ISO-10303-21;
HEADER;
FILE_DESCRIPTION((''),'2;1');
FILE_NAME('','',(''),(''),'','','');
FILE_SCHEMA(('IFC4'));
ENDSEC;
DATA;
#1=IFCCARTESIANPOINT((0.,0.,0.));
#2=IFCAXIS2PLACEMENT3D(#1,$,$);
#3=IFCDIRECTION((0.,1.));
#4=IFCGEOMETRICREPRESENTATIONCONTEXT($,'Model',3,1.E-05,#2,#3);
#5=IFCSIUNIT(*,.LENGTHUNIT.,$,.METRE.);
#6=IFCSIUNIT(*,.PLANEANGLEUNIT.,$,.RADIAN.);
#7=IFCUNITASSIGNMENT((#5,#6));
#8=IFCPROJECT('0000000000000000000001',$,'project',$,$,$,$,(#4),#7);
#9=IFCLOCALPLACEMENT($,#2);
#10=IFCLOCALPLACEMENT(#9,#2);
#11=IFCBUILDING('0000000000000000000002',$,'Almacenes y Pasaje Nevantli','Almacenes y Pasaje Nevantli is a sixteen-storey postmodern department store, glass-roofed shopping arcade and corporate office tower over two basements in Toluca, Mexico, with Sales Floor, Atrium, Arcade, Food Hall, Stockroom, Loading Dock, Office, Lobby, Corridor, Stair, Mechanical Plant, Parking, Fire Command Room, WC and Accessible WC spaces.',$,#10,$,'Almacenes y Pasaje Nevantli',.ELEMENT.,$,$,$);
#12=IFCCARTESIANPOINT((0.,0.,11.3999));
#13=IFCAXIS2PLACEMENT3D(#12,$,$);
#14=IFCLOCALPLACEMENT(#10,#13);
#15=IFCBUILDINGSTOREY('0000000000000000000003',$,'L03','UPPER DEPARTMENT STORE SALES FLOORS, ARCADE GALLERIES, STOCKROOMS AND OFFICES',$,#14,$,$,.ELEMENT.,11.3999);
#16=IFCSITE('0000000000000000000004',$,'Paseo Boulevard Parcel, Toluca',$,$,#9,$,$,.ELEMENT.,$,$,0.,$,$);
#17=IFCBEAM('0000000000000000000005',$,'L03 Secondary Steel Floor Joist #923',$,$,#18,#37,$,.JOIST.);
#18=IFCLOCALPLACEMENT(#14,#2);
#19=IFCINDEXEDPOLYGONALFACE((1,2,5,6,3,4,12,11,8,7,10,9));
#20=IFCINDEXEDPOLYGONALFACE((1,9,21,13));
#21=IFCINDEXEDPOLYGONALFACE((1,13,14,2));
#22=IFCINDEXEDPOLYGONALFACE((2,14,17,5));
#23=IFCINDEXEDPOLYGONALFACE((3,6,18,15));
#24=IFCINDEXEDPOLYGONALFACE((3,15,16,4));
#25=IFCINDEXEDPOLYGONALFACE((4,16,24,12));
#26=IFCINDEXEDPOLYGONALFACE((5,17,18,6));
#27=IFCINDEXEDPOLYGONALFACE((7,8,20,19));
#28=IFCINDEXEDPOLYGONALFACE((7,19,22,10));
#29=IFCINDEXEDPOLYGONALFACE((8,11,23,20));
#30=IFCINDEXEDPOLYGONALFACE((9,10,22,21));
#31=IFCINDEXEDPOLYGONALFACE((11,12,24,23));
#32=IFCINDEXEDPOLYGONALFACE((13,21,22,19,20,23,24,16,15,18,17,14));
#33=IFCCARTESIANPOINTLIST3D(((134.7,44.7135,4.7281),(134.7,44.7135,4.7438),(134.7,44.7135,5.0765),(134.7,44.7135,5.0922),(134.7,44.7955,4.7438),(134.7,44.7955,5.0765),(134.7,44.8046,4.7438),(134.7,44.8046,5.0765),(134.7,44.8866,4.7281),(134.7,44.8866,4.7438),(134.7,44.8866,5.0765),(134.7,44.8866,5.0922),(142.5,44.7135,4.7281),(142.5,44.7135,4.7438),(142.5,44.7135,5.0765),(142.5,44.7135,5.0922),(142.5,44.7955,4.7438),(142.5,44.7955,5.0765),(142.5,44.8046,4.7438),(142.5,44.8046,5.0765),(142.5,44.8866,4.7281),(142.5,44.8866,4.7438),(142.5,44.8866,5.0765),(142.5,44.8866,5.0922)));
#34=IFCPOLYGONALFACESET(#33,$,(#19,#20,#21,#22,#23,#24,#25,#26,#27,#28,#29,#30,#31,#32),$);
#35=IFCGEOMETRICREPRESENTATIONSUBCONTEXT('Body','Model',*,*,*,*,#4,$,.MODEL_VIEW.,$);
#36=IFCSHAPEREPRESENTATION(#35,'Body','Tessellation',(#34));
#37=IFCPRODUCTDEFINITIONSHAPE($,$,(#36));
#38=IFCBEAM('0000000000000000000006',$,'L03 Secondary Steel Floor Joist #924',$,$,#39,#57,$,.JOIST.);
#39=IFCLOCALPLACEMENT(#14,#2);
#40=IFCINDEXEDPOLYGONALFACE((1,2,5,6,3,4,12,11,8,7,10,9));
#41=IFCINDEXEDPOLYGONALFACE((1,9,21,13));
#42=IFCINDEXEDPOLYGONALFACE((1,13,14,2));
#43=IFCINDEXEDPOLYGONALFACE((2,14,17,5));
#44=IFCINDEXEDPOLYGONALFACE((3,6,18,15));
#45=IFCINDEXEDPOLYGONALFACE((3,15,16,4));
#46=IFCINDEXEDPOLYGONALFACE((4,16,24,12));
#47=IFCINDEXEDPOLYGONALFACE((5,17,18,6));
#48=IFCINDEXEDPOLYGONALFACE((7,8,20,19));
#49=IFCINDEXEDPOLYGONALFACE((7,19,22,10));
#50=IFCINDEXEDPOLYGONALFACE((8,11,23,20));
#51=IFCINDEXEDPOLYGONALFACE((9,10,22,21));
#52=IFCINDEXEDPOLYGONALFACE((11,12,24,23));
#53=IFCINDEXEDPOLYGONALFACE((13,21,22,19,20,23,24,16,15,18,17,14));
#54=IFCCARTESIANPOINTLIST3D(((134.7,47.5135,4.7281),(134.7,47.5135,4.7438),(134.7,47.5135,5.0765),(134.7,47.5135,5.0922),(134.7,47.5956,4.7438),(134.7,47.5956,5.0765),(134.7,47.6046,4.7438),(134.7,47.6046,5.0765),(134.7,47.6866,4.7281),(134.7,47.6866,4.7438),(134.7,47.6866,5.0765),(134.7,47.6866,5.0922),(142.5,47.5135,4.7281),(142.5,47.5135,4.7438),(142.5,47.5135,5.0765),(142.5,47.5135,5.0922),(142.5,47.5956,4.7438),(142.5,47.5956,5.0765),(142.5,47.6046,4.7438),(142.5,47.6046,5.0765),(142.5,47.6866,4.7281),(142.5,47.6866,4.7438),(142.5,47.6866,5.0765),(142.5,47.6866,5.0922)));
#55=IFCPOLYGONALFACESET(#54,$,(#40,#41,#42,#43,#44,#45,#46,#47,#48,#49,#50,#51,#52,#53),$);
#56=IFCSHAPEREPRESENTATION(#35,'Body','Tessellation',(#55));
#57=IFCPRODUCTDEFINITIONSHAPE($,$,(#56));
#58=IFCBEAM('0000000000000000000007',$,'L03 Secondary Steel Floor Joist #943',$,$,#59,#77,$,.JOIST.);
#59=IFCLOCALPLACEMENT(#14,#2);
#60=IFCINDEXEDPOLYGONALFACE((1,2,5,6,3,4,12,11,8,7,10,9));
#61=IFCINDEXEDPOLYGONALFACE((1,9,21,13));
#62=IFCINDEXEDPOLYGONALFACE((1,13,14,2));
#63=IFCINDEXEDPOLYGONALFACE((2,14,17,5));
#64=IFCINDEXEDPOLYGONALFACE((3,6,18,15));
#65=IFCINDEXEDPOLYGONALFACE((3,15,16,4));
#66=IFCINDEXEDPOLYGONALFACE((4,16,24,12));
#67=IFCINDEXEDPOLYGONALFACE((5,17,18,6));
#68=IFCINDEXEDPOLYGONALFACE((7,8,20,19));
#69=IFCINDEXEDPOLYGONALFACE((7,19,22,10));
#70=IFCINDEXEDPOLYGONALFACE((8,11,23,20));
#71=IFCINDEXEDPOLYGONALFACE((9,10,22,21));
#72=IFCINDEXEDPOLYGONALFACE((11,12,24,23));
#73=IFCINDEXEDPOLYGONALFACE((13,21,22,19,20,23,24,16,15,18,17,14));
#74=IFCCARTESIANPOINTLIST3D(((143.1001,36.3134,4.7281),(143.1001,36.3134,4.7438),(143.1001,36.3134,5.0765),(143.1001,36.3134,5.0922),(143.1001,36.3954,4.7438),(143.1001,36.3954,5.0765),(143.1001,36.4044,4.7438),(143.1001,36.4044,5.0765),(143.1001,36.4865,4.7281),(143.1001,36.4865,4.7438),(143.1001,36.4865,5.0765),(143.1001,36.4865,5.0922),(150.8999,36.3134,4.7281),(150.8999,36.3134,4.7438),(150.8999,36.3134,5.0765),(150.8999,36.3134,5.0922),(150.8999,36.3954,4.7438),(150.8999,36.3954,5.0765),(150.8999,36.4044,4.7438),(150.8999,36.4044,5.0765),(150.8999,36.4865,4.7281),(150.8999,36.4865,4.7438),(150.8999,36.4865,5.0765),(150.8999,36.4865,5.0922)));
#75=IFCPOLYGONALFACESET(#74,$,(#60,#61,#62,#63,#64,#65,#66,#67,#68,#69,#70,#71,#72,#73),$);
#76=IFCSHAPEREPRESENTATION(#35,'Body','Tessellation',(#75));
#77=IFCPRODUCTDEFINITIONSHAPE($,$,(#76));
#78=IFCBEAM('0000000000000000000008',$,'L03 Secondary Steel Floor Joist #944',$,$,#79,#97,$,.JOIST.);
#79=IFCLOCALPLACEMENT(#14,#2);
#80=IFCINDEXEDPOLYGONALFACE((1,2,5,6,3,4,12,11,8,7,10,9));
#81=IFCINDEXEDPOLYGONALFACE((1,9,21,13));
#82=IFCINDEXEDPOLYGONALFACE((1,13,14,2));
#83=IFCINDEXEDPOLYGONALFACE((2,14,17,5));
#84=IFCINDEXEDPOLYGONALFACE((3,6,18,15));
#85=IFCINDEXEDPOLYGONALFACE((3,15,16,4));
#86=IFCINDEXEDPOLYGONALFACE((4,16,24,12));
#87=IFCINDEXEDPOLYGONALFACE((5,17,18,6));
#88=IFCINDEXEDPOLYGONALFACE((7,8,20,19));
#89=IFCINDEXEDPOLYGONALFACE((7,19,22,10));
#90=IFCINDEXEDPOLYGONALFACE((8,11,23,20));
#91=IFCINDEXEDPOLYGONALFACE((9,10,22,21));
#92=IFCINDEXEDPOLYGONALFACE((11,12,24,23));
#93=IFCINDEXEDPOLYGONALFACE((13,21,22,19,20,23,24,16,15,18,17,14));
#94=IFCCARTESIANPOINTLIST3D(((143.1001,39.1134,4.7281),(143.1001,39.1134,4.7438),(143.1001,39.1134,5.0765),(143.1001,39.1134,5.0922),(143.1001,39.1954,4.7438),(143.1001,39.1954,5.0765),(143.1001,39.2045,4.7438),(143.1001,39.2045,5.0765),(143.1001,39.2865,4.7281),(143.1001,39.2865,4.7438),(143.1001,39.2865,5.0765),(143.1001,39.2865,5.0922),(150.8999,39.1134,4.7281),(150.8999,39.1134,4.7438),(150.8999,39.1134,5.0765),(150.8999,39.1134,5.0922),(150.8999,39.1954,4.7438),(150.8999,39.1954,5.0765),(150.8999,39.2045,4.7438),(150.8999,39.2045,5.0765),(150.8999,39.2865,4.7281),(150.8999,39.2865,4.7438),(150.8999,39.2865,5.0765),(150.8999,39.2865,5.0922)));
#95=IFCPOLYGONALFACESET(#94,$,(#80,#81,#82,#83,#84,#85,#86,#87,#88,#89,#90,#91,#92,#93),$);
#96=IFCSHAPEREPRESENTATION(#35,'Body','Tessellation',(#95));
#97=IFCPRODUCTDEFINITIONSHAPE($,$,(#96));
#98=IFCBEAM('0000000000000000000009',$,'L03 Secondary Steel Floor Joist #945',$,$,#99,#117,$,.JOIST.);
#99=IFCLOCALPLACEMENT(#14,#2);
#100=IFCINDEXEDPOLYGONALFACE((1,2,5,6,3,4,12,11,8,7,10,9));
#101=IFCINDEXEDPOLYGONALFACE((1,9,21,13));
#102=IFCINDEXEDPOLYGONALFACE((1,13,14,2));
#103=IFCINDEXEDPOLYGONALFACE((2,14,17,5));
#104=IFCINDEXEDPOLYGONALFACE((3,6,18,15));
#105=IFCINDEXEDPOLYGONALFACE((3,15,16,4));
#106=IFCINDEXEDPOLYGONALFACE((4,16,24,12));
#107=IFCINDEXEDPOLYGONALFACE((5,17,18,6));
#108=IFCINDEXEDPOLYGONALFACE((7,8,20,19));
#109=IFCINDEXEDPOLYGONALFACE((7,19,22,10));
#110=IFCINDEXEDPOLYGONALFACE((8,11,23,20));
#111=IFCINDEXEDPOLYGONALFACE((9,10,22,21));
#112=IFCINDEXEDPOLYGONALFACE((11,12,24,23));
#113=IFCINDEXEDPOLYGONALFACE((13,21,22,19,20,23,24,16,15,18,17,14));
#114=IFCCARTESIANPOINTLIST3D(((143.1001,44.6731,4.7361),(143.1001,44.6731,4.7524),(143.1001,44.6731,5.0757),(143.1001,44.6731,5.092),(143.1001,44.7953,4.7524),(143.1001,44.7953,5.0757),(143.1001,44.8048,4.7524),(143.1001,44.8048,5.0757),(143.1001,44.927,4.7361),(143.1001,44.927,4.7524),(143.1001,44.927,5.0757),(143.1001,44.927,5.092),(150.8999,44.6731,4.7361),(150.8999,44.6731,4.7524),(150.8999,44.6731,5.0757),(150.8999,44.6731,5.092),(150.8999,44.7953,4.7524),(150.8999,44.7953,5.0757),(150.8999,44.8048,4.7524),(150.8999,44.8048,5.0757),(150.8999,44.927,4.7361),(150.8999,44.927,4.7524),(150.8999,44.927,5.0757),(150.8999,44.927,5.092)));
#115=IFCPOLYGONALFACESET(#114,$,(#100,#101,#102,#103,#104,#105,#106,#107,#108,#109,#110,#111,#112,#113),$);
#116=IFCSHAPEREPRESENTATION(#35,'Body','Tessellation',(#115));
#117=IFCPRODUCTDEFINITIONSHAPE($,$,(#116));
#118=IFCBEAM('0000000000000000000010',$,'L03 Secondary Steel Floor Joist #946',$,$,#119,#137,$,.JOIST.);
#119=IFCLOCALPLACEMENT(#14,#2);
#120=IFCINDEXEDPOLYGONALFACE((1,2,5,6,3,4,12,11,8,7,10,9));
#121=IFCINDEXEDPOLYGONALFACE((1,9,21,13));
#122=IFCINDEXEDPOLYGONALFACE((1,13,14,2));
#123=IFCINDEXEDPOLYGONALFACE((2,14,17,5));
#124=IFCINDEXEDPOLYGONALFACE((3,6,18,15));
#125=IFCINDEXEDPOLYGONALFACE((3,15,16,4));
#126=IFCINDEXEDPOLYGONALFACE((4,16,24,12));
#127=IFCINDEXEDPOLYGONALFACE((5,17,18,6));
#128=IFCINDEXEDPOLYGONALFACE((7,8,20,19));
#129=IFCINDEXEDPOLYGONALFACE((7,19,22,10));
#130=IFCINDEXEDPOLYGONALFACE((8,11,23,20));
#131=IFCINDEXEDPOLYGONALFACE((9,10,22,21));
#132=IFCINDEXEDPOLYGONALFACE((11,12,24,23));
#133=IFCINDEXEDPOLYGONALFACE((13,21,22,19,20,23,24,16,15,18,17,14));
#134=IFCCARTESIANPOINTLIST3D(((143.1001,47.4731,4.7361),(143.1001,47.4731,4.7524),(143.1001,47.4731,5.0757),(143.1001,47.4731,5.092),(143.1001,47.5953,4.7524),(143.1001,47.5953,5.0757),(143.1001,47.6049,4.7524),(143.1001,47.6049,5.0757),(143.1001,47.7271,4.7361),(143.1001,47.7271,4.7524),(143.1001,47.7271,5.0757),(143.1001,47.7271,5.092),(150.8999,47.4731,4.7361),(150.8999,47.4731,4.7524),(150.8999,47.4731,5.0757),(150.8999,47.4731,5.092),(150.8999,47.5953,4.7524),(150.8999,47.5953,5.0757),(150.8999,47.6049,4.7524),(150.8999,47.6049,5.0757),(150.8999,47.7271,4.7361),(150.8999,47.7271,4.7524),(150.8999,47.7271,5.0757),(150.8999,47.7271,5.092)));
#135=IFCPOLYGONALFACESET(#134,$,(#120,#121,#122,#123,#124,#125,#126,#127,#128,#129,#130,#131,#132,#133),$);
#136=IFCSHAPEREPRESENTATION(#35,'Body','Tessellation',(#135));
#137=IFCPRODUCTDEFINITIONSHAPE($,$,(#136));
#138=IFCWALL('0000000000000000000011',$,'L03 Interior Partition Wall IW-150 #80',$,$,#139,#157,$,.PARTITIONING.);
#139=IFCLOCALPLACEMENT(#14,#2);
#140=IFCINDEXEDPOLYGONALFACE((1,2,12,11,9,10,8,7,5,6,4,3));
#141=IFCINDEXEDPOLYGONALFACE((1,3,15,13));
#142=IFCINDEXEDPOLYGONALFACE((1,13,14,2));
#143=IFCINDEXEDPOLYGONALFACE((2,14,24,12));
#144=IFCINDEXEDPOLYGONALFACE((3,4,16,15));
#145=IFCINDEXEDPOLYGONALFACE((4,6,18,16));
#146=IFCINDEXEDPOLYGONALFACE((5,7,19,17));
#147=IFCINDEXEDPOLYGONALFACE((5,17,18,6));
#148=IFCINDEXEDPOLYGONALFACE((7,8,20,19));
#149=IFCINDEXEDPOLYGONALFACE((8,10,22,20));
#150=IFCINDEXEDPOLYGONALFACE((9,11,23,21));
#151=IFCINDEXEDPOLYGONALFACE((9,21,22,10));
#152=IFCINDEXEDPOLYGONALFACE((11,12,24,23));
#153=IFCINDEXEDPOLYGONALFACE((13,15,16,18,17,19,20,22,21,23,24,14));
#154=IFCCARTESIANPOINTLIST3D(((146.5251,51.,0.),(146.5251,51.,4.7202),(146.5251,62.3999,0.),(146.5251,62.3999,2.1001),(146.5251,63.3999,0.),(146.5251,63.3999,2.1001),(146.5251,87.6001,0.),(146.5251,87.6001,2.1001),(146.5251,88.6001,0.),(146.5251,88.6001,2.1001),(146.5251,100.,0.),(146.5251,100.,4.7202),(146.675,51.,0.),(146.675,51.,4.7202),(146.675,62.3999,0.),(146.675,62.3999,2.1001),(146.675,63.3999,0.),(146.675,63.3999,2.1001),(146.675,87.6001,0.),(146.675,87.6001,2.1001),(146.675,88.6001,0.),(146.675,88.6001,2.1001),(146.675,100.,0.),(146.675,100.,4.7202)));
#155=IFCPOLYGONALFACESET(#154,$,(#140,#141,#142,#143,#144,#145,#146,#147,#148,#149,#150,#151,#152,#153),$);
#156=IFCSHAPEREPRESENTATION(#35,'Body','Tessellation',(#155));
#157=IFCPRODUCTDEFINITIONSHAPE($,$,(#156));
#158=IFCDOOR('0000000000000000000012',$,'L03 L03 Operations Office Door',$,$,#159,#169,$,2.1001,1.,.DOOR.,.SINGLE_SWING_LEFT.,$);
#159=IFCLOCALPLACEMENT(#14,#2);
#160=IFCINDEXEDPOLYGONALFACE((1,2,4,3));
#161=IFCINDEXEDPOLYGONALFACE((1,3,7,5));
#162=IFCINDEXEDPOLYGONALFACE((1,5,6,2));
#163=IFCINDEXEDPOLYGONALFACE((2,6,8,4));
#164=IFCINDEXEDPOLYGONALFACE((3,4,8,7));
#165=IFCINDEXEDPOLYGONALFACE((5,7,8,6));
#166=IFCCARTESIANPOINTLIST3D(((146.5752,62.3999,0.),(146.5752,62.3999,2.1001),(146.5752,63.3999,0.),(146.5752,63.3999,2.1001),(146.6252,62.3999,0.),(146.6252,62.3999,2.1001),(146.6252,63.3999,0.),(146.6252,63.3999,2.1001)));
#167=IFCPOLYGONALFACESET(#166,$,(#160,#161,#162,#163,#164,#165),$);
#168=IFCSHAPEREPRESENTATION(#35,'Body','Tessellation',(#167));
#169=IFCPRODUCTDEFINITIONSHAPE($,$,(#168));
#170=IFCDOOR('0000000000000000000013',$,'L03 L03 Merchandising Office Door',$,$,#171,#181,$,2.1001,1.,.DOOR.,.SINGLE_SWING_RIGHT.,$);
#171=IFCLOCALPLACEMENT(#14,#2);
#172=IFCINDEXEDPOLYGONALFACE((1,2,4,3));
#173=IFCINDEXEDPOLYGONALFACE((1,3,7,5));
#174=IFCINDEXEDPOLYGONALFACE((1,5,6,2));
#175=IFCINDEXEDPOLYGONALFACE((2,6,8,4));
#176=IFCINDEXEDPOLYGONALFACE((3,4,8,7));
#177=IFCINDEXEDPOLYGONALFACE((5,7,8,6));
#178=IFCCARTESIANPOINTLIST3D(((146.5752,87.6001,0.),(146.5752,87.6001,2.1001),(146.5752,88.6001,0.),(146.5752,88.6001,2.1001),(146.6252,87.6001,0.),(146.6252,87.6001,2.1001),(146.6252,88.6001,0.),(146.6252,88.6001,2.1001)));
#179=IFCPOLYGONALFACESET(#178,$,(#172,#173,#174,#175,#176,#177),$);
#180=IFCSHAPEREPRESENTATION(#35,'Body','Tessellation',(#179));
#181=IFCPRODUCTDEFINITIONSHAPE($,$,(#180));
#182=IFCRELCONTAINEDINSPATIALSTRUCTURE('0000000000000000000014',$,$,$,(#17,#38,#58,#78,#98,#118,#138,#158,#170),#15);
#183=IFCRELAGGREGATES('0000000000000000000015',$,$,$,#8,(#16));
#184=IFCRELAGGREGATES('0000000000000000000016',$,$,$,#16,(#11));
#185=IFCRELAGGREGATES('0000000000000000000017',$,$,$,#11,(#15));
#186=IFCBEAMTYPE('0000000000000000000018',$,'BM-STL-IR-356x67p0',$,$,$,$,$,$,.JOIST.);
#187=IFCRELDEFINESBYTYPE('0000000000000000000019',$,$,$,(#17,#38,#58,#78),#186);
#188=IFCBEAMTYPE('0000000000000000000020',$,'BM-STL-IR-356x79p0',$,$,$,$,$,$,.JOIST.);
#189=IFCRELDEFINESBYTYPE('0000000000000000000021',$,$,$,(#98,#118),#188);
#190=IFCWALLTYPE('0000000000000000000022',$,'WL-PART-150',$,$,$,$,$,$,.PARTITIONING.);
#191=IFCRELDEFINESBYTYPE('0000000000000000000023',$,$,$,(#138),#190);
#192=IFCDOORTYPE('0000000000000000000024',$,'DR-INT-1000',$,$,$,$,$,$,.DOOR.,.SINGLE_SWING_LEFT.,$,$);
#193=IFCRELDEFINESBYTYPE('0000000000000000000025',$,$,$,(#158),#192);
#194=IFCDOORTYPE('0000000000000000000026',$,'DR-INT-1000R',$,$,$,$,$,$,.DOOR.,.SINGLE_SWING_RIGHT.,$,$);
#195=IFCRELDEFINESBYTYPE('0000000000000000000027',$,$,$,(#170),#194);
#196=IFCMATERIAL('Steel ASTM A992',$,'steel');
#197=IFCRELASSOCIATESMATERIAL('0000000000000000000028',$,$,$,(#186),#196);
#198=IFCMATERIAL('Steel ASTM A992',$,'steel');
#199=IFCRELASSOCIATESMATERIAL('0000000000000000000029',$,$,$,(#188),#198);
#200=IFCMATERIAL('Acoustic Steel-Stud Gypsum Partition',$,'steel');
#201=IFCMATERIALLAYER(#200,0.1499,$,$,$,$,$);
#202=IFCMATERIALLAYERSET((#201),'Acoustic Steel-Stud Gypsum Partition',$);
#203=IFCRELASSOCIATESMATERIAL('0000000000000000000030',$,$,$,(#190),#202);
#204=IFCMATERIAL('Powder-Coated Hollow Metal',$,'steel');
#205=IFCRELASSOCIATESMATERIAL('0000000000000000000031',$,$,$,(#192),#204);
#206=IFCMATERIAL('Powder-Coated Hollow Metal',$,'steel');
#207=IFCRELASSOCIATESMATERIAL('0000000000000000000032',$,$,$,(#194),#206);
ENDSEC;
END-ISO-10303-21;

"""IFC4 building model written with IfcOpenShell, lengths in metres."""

from ifc_helpers import new_model, si_unit, direction, frame, frame_2d, origin, origin_2d, place, context, subcontext, project, spatial, rectangle, i_section, extrude, material, layer, layer_set, material_profile, profile_set, type_object, element, fill, save


model = new_model("IFC4")

# Units and contexts
model_context = context("Model", 3, precision=1e-05, world=origin(), true_north=direction((0.0, 1.0)))
body_context = subcontext(model_context, "Body", "Model", "MODEL_VIEW")
ifc_project = project(units=[si_unit("LENGTHUNIT", "METRE"), si_unit("PLANEANGLEUNIT", "RADIAN")], contexts=[model_context])

# Site, building, storey
site_placement = place(None, origin())
site = spatial("IfcSite", under=ifc_project, at=site_placement, Name="Paseo Boulevard Parcel, Toluca", CompositionType="ELEMENT", RefElevation=0.0)
building_placement = place(site_placement, origin())
building = spatial("IfcBuilding", under=site, at=building_placement, Name="Almacenes y Pasaje Nevantli", Description="Almacenes y Pasaje Nevantli is a sixteen-storey postmodern department store, glass-roofed shopping arcade and corporate office tower over two basements in Toluca, Mexico, with Sales Floor, Atrium, Arcade, Food Hall, Stockroom, Loading Dock, Office, Lobby, Corridor, Stair, Mechanical Plant, Parking, Fire Command Room, WC and Accessible WC spaces.", LongName="Almacenes y Pasaje Nevantli", CompositionType="ELEMENT")
storey_placement = place(building_placement, frame((0.0, 0.0, 11.3999)))
storey = spatial("IfcBuildingStorey", under=building, at=storey_placement, Name="L03", Description="UPPER DEPARTMENT STORE SALES FLOORS, ARCADE GALLERIES, STOCKROOMS AND OFFICES", CompositionType="ELEMENT", Elevation=11.3999)

# Beams
ifc_material_1 = material(Name="Steel ASTM A992", Category="steel")
ifc_material_profile_1 = material_profile(ifc_material_1, i_section(OverallWidth=0.1731, OverallDepth=0.364, WebThickness=0.009, FlangeThickness=0.0156, at=origin_2d()), Name="IR 356x67.0")
ifc_profile_set_1 = profile_set([ifc_material_profile_1], Name="Steel ASTM A992")
beam_type_1 = type_object("IfcBeamType", Name="BM-STL-IR-356x67p0", PredefinedType="JOIST", material=ifc_profile_set_1)
for number, where, z_axis, x_axis, name in (
    (1, (134.7, 44.8, 4.9102), (1.0, 0.0, 0.0), (0.0, 1.0, 0.0), "L03 Secondary Steel Floor Joist #923"),
    (2, (134.7, 47.6001, 4.9102), (1.0, 0.0, 0.0), (0.0, 1.0, 0.0), "L03 Secondary Steel Floor Joist #924"),
):
    element("IfcBeam", number, at=place(storey_placement, frame(where, z_axis=z_axis, x_axis=x_axis)), inside=storey, type_object=beam_type_1, Name=name, PredefinedType="JOIST", context=body_context, shape_type="SweptSolid", body=[
        extrude(i_section(OverallWidth=0.1731, OverallDepth=0.364, WebThickness=0.009, FlangeThickness=0.0156, at=origin_2d()), origin(), (0.0, 0.0, 1.0), 7.8),
    ])
for number, where, z_axis, x_axis, name in (
    (3, (143.1001, 36.3999, 4.9102), (1.0, 0.0, 0.0), (0.0, 1.0, 0.0), "L03 Secondary Steel Floor Joist #943"),
    (4, (143.1001, 39.2, 4.9102), (1.0, 0.0, 0.0), (0.0, 1.0, 0.0), "L03 Secondary Steel Floor Joist #944"),
):
    element("IfcBeam", number, at=place(storey_placement, frame(where, z_axis=z_axis, x_axis=x_axis)), inside=storey, type_object=beam_type_1, Name=name, PredefinedType="JOIST", context=body_context, shape_type="SweptSolid", body=[
        extrude(i_section(OverallWidth=0.1731, OverallDepth=0.364, WebThickness=0.009, FlangeThickness=0.0156, at=origin_2d()), origin(), (0.0, 0.0, 1.0), 7.7998),
    ])
ifc_material_2 = material(Name="Steel ASTM A992", Category="steel")
ifc_material_profile_2 = material_profile(ifc_material_2, i_section(OverallWidth=0.2539, OverallDepth=0.356, WebThickness=0.0095, FlangeThickness=0.0164, at=origin_2d()), Name="IR 356x79.0")
ifc_profile_set_2 = profile_set([ifc_material_profile_2], Name="Steel ASTM A992")
beam_type_2 = type_object("IfcBeamType", Name="BM-STL-IR-356x79p0", PredefinedType="JOIST", material=ifc_profile_set_2)
for number, where, z_axis, x_axis, name in (
    (5, (143.1001, 44.8, 4.9141), (1.0, 0.0, 0.0), (0.0, 1.0, 0.0), "L03 Secondary Steel Floor Joist #945"),
    (6, (143.1001, 47.6001, 4.9141), (1.0, 0.0, 0.0), (0.0, 1.0, 0.0), "L03 Secondary Steel Floor Joist #946"),
):
    element("IfcBeam", number, at=place(storey_placement, frame(where, z_axis=z_axis, x_axis=x_axis)), inside=storey, type_object=beam_type_2, Name=name, PredefinedType="JOIST", context=body_context, shape_type="SweptSolid", body=[
        extrude(i_section(OverallWidth=0.2539, OverallDepth=0.356, WebThickness=0.0095, FlangeThickness=0.0164, at=origin_2d()), origin(), (0.0, 0.0, 1.0), 7.7998),
    ])

# Wall, openings, doors
ifc_material_3 = material(Name="Acoustic Steel-Stud Gypsum Partition", Category="steel")
ifc_layer = layer(ifc_material_3, 0.1499)
ifc_layer_set = layer_set([ifc_layer], Name="Acoustic Steel-Stud Gypsum Partition")
wall_type = type_object("IfcWallType", Name="WL-PART-150", PredefinedType="PARTITIONING", material=ifc_layer_set)
wall_placement = place(storey_placement, frame((146.6001, 51.0, 0.0), z_axis=(0.0, 0.0, 1.0), x_axis=(0.0, 1.0, 0.0)))
wall = element("IfcWall", 7, at=wall_placement, inside=storey, type_object=wall_type, Name="L03 Interior Partition Wall IW-150 #80", PredefinedType="PARTITIONING", context=body_context, shape_type="SweptSolid", body=[
    extrude(rectangle(XDim=49.0, YDim=0.1499, at=frame_2d((24.5, 0.0))), origin(), (0.0, 0.0, 1.0), 4.7202),
])
opening_1_placement = place(wall_placement, frame((11.3999, 0.0, 0.0)))
opening_1 = element("IfcOpeningElement", 8, at=opening_1_placement, cuts=wall, PredefinedType="OPENING", context=body_context, shape_type="SweptSolid", body=[
    extrude(rectangle(XDim=1.0, YDim=2.1001, at=frame_2d((0.5, 1.05))), frame((0.0, 0.085, 0.0), z_axis=(0.0, -1.0, 0.0), x_axis=(1.0, 0.0, 0.0)), (0.0, 0.0, 1.0), 0.1699),
])
opening_2_placement = place(wall_placement, frame((36.6001, 0.0, 0.0)))
opening_2 = element("IfcOpeningElement", 9, at=opening_2_placement, cuts=wall, PredefinedType="OPENING", context=body_context, shape_type="SweptSolid", body=[
    extrude(rectangle(XDim=1.0, YDim=2.1001, at=frame_2d((0.5, 1.05))), frame((0.0, 0.085, 0.0), z_axis=(0.0, -1.0, 0.0), x_axis=(1.0, 0.0, 0.0)), (0.0, 0.0, 1.0), 0.1699),
])
ifc_material_4 = material(Name="Powder-Coated Hollow Metal", Category="steel")
door_type_1 = type_object("IfcDoorType", Name="DR-INT-1000", OperationType="SINGLE_SWING_LEFT", PredefinedType="DOOR", material=ifc_material_4)
door_1_placement = place(opening_1_placement, origin())
door_1 = element("IfcDoor", 10, at=door_1_placement, inside=storey, type_object=door_type_1, Name="L03 L03 Operations Office Door", OperationType="SINGLE_SWING_LEFT", OverallHeight=2.1001, OverallWidth=1.0, PredefinedType="DOOR", context=body_context, shape_type="SweptSolid", body=[
    extrude(rectangle(XDim=1.0, YDim=2.1001, at=frame_2d((0.5, 1.05))), frame((0.0, 0.0249, 0.0), z_axis=(0.0, -1.0, 0.0), x_axis=(1.0, 0.0, 0.0)), (0.0, 0.0, 1.0), 0.05),
])
fill(opening_1, door_1)
ifc_material_5 = material(Name="Powder-Coated Hollow Metal", Category="steel")
door_type_2 = type_object("IfcDoorType", Name="DR-INT-1000R", OperationType="SINGLE_SWING_RIGHT", PredefinedType="DOOR", material=ifc_material_5)
door_2_placement = place(opening_2_placement, origin())
door_2 = element("IfcDoor", 11, at=door_2_placement, inside=storey, type_object=door_type_2, Name="L03 L03 Merchandising Office Door", OperationType="SINGLE_SWING_RIGHT", OverallHeight=2.1001, OverallWidth=1.0, PredefinedType="DOOR", context=body_context, shape_type="SweptSolid", body=[
    extrude(rectangle(XDim=1.0, YDim=2.1001, at=frame_2d((0.5, 1.05))), frame((0.0, 0.0249, 0.0), z_axis=(0.0, -1.0, 0.0), x_axis=(1.0, 0.0, 0.0)), (0.0, 0.0, 1.0), 0.05),
])
fill(opening_2, door_2)

save(model, "model.ifc")
